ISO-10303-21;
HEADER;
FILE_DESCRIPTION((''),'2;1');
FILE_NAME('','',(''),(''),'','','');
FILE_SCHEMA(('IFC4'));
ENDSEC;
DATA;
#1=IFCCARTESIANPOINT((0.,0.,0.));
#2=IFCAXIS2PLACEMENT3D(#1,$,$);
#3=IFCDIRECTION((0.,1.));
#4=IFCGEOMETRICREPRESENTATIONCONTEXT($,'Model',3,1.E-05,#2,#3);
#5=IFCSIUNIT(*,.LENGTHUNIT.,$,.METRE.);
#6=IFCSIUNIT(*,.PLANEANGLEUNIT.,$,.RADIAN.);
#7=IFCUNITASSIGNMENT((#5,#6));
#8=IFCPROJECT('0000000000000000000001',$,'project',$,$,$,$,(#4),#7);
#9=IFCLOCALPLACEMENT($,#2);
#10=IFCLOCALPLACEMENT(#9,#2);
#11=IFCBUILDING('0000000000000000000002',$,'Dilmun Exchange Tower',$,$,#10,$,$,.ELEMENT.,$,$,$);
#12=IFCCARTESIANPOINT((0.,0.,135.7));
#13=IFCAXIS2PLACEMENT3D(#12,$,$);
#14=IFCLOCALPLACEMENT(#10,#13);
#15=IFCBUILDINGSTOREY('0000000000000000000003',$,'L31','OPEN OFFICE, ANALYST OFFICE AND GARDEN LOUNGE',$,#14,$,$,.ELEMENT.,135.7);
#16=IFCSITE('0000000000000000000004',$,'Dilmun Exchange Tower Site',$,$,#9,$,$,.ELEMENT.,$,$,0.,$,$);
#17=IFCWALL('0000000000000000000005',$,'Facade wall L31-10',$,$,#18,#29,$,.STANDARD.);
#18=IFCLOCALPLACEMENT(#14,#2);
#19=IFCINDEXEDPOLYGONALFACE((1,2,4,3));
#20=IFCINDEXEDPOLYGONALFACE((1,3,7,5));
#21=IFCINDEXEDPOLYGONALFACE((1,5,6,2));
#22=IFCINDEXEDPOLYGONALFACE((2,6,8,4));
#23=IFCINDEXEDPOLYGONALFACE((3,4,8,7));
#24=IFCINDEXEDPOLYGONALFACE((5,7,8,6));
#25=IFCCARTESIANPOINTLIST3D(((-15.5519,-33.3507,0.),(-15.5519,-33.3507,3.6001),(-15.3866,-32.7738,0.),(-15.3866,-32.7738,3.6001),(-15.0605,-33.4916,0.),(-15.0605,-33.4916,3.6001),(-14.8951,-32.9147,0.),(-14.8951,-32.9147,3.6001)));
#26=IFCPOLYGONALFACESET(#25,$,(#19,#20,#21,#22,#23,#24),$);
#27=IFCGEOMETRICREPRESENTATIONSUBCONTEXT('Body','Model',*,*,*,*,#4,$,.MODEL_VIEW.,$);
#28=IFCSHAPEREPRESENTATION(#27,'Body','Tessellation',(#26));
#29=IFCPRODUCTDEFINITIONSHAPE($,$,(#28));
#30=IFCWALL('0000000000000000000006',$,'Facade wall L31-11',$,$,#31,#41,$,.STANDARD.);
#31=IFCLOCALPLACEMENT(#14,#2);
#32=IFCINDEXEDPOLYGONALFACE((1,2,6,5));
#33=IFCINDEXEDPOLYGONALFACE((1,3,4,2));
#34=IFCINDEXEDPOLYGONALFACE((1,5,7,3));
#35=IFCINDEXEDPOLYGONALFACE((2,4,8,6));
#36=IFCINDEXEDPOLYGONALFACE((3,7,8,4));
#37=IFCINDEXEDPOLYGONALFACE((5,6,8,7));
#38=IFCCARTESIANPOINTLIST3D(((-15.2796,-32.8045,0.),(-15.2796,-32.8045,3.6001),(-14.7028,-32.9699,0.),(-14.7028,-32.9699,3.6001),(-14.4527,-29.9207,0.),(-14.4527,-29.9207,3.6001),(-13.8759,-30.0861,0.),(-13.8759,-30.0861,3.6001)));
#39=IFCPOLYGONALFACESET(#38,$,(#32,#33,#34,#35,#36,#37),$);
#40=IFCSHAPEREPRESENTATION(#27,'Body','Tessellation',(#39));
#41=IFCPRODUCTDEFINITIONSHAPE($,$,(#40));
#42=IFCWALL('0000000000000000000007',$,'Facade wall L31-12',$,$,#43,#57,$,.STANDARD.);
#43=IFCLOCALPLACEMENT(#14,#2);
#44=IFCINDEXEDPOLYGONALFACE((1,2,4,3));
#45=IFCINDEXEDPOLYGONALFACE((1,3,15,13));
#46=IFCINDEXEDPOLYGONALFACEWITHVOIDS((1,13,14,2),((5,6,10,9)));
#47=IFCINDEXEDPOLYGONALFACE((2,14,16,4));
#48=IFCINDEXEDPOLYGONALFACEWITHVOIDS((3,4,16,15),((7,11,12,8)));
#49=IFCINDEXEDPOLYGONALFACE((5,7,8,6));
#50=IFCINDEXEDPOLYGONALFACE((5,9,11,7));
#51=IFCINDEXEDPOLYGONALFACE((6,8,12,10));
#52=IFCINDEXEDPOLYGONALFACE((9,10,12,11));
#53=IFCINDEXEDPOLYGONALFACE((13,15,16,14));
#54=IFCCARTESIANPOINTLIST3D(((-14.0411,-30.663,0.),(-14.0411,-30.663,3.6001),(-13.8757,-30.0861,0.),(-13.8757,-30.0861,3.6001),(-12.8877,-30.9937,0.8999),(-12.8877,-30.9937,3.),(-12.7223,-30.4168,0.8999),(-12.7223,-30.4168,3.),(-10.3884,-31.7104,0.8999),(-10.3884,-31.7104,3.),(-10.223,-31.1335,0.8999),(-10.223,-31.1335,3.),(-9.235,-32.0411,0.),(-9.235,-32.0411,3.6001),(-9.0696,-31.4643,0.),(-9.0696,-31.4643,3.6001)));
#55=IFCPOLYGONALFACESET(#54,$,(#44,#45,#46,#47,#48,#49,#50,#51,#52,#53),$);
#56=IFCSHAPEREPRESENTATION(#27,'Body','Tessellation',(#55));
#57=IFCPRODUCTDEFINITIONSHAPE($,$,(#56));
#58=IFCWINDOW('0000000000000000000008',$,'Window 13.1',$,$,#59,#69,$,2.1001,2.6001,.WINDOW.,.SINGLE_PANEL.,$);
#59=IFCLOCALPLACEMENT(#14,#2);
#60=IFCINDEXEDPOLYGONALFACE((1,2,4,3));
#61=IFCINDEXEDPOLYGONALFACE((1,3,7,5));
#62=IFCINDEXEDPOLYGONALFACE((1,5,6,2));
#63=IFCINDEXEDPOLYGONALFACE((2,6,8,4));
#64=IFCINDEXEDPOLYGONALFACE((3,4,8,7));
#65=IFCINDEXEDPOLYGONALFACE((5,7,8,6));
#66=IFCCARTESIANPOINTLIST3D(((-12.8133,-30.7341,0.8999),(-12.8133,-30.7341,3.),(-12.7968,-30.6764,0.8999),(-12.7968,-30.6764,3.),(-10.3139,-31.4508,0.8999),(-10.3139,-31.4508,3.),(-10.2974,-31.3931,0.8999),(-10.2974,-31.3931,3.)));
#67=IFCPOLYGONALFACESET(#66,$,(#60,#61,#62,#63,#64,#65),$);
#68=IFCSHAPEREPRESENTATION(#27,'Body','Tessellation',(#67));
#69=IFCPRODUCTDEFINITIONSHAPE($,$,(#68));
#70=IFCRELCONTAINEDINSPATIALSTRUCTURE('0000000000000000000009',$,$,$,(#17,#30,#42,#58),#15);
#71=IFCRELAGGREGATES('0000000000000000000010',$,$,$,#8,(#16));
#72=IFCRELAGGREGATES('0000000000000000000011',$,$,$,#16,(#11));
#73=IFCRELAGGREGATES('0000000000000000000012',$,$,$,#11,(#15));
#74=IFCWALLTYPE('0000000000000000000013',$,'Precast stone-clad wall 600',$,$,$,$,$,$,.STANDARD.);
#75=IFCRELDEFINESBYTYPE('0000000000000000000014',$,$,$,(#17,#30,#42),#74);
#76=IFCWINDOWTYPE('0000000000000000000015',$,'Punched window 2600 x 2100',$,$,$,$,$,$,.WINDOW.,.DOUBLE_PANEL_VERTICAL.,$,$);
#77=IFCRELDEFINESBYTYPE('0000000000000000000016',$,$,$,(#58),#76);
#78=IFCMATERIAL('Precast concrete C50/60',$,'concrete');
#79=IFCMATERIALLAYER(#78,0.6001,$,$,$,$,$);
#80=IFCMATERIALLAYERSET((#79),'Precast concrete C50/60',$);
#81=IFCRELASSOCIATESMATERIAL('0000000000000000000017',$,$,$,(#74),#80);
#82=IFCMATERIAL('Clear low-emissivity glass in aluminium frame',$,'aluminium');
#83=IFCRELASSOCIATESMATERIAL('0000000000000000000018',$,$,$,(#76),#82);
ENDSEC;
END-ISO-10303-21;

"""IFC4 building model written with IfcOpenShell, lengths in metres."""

from ifc_helpers import new_model, si_unit, direction, frame, frame_2d, origin, place, context, subcontext, project, spatial, rectangle, extrude, material, layer, layer_set, type_object, element, fill, save


model = new_model("IFC4")

# Units and contexts
model_context = context("Model", 3, precision=1e-05, world=origin(), true_north=direction((0.0, 1.0)))
body_context = subcontext(model_context, "Body", "Model", "MODEL_VIEW")
ifc_project = project(units=[si_unit("LENGTHUNIT", "METRE"), si_unit("PLANEANGLEUNIT", "RADIAN")], contexts=[model_context])

# Site, building, storey
site_placement = place(None, origin())
site = spatial("IfcSite", under=ifc_project, at=site_placement, Name="Dilmun Exchange Tower Site", CompositionType="ELEMENT", RefElevation=0.0)
building_placement = place(site_placement, origin())
building = spatial("IfcBuilding", under=site, at=building_placement, Name="Dilmun Exchange Tower", CompositionType="ELEMENT")
storey_placement = place(building_placement, frame((0.0, 0.0, 135.7)))
storey = spatial("IfcBuildingStorey", under=building, at=storey_placement, Name="L31", Description="OPEN OFFICE, ANALYST OFFICE AND GARDEN LOUNGE", CompositionType="ELEMENT", Elevation=135.7)

# Walls
ifc_material_1 = material(Name="Precast concrete C50/60", Category="concrete")
ifc_layer_1 = layer(ifc_material_1, 0.6001)
ifc_layer_set_1 = layer_set([ifc_layer_1], Name="Precast concrete C50/60")
wall_type_1 = type_object("IfcWallType", Name="Precast stone-clad wall 600", PredefinedType="STANDARD", material=ifc_layer_set_1)
wall_1_placement = place(storey_placement, frame((-15.4692, -33.0623, 0.0), z_axis=(0.0, 0.0, 1.0), x_axis=(0.961289, -0.275541, 0.0)))
element("IfcWall", 1, at=wall_1_placement, inside=storey, type_object=wall_type_1, Name="Facade wall L31-10", PredefinedType="STANDARD", context=body_context, shape_type="SweptSolid", body=[
    extrude(rectangle(XDim=0.5112, YDim=0.6001, at=frame_2d((0.2556, 0.0))), origin(), (0.0, 0.0, 1.0), 3.6001),
])
wall_2_placement = place(storey_placement, frame((-14.9912, -32.8872, 0.0), z_axis=(0.0, 0.0, 1.0), x_axis=(0.275635, 0.961262, 0.0)))
element("IfcWall", 2, at=wall_2_placement, inside=storey, type_object=wall_type_1, Name="Facade wall L31-11", PredefinedType="STANDARD", context=body_context, shape_type="SweptSolid", body=[
    extrude(rectangle(XDim=3.0, YDim=0.6001, at=frame_2d((1.5, 0.0))), origin(), (0.0, 0.0, 1.0), 3.6001),
])

# Wall, opening, window
wall_3_placement = place(storey_placement, frame((-13.9585, -30.3745, 0.0), z_axis=(0.0, 0.0, 1.0), x_axis=(0.96126, -0.275643, 0.0)))
wall_3 = element("IfcWall", 3, at=wall_3_placement, inside=storey, type_object=wall_type_1, Name="Facade wall L31-12", PredefinedType="STANDARD", context=body_context, shape_type="SweptSolid", body=[
    extrude(rectangle(XDim=4.9998, YDim=0.6001, at=frame_2d((2.5, 0.0))), origin(), (0.0, 0.0, 1.0), 3.6001),
])
opening_1_placement = place(wall_3_placement, frame((1.2, 0.0, 0.8999)))
opening_1 = element("IfcOpeningElement", 4, at=opening_1_placement, cuts=wall_3, PredefinedType="OPENING", context=body_context, shape_type="SweptSolid", body=[
    extrude(rectangle(XDim=2.6001, YDim=2.1001, at=frame_2d((1.3, 1.05))), frame((0.0, 0.3101, 0.0), z_axis=(0.0, -1.0, 0.0), x_axis=(1.0, 0.0, 0.0)), (0.0, 0.0, 1.0), 0.6201),
])
ifc_material_2 = material(Name="Clear low-emissivity glass in aluminium frame", Category="aluminium")
window_type = type_object("IfcWindowType", Name="Punched window 2600 x 2100", PartitioningType="DOUBLE_PANEL_VERTICAL", PredefinedType="WINDOW", material=ifc_material_2)
window_placement = place(opening_1_placement, origin())
window = element("IfcWindow", 5, at=window_placement, inside=storey, type_object=window_type, Name="Window 13.1", OverallHeight=2.1001, OverallWidth=2.6001, PartitioningType="SINGLE_PANEL", PredefinedType="WINDOW", context=body_context, shape_type="SweptSolid", body=[
    extrude(rectangle(XDim=2.6001, YDim=2.1001, at=frame_2d((1.3, 1.05))), frame((0.0, 0.03, 0.0), z_axis=(0.0, -1.0, 0.0), x_axis=(1.0, 0.0, 0.0)), (0.0, 0.0, 1.0), 0.0601),
])
fill(opening_1, window)

save(model, "model.ifc")
